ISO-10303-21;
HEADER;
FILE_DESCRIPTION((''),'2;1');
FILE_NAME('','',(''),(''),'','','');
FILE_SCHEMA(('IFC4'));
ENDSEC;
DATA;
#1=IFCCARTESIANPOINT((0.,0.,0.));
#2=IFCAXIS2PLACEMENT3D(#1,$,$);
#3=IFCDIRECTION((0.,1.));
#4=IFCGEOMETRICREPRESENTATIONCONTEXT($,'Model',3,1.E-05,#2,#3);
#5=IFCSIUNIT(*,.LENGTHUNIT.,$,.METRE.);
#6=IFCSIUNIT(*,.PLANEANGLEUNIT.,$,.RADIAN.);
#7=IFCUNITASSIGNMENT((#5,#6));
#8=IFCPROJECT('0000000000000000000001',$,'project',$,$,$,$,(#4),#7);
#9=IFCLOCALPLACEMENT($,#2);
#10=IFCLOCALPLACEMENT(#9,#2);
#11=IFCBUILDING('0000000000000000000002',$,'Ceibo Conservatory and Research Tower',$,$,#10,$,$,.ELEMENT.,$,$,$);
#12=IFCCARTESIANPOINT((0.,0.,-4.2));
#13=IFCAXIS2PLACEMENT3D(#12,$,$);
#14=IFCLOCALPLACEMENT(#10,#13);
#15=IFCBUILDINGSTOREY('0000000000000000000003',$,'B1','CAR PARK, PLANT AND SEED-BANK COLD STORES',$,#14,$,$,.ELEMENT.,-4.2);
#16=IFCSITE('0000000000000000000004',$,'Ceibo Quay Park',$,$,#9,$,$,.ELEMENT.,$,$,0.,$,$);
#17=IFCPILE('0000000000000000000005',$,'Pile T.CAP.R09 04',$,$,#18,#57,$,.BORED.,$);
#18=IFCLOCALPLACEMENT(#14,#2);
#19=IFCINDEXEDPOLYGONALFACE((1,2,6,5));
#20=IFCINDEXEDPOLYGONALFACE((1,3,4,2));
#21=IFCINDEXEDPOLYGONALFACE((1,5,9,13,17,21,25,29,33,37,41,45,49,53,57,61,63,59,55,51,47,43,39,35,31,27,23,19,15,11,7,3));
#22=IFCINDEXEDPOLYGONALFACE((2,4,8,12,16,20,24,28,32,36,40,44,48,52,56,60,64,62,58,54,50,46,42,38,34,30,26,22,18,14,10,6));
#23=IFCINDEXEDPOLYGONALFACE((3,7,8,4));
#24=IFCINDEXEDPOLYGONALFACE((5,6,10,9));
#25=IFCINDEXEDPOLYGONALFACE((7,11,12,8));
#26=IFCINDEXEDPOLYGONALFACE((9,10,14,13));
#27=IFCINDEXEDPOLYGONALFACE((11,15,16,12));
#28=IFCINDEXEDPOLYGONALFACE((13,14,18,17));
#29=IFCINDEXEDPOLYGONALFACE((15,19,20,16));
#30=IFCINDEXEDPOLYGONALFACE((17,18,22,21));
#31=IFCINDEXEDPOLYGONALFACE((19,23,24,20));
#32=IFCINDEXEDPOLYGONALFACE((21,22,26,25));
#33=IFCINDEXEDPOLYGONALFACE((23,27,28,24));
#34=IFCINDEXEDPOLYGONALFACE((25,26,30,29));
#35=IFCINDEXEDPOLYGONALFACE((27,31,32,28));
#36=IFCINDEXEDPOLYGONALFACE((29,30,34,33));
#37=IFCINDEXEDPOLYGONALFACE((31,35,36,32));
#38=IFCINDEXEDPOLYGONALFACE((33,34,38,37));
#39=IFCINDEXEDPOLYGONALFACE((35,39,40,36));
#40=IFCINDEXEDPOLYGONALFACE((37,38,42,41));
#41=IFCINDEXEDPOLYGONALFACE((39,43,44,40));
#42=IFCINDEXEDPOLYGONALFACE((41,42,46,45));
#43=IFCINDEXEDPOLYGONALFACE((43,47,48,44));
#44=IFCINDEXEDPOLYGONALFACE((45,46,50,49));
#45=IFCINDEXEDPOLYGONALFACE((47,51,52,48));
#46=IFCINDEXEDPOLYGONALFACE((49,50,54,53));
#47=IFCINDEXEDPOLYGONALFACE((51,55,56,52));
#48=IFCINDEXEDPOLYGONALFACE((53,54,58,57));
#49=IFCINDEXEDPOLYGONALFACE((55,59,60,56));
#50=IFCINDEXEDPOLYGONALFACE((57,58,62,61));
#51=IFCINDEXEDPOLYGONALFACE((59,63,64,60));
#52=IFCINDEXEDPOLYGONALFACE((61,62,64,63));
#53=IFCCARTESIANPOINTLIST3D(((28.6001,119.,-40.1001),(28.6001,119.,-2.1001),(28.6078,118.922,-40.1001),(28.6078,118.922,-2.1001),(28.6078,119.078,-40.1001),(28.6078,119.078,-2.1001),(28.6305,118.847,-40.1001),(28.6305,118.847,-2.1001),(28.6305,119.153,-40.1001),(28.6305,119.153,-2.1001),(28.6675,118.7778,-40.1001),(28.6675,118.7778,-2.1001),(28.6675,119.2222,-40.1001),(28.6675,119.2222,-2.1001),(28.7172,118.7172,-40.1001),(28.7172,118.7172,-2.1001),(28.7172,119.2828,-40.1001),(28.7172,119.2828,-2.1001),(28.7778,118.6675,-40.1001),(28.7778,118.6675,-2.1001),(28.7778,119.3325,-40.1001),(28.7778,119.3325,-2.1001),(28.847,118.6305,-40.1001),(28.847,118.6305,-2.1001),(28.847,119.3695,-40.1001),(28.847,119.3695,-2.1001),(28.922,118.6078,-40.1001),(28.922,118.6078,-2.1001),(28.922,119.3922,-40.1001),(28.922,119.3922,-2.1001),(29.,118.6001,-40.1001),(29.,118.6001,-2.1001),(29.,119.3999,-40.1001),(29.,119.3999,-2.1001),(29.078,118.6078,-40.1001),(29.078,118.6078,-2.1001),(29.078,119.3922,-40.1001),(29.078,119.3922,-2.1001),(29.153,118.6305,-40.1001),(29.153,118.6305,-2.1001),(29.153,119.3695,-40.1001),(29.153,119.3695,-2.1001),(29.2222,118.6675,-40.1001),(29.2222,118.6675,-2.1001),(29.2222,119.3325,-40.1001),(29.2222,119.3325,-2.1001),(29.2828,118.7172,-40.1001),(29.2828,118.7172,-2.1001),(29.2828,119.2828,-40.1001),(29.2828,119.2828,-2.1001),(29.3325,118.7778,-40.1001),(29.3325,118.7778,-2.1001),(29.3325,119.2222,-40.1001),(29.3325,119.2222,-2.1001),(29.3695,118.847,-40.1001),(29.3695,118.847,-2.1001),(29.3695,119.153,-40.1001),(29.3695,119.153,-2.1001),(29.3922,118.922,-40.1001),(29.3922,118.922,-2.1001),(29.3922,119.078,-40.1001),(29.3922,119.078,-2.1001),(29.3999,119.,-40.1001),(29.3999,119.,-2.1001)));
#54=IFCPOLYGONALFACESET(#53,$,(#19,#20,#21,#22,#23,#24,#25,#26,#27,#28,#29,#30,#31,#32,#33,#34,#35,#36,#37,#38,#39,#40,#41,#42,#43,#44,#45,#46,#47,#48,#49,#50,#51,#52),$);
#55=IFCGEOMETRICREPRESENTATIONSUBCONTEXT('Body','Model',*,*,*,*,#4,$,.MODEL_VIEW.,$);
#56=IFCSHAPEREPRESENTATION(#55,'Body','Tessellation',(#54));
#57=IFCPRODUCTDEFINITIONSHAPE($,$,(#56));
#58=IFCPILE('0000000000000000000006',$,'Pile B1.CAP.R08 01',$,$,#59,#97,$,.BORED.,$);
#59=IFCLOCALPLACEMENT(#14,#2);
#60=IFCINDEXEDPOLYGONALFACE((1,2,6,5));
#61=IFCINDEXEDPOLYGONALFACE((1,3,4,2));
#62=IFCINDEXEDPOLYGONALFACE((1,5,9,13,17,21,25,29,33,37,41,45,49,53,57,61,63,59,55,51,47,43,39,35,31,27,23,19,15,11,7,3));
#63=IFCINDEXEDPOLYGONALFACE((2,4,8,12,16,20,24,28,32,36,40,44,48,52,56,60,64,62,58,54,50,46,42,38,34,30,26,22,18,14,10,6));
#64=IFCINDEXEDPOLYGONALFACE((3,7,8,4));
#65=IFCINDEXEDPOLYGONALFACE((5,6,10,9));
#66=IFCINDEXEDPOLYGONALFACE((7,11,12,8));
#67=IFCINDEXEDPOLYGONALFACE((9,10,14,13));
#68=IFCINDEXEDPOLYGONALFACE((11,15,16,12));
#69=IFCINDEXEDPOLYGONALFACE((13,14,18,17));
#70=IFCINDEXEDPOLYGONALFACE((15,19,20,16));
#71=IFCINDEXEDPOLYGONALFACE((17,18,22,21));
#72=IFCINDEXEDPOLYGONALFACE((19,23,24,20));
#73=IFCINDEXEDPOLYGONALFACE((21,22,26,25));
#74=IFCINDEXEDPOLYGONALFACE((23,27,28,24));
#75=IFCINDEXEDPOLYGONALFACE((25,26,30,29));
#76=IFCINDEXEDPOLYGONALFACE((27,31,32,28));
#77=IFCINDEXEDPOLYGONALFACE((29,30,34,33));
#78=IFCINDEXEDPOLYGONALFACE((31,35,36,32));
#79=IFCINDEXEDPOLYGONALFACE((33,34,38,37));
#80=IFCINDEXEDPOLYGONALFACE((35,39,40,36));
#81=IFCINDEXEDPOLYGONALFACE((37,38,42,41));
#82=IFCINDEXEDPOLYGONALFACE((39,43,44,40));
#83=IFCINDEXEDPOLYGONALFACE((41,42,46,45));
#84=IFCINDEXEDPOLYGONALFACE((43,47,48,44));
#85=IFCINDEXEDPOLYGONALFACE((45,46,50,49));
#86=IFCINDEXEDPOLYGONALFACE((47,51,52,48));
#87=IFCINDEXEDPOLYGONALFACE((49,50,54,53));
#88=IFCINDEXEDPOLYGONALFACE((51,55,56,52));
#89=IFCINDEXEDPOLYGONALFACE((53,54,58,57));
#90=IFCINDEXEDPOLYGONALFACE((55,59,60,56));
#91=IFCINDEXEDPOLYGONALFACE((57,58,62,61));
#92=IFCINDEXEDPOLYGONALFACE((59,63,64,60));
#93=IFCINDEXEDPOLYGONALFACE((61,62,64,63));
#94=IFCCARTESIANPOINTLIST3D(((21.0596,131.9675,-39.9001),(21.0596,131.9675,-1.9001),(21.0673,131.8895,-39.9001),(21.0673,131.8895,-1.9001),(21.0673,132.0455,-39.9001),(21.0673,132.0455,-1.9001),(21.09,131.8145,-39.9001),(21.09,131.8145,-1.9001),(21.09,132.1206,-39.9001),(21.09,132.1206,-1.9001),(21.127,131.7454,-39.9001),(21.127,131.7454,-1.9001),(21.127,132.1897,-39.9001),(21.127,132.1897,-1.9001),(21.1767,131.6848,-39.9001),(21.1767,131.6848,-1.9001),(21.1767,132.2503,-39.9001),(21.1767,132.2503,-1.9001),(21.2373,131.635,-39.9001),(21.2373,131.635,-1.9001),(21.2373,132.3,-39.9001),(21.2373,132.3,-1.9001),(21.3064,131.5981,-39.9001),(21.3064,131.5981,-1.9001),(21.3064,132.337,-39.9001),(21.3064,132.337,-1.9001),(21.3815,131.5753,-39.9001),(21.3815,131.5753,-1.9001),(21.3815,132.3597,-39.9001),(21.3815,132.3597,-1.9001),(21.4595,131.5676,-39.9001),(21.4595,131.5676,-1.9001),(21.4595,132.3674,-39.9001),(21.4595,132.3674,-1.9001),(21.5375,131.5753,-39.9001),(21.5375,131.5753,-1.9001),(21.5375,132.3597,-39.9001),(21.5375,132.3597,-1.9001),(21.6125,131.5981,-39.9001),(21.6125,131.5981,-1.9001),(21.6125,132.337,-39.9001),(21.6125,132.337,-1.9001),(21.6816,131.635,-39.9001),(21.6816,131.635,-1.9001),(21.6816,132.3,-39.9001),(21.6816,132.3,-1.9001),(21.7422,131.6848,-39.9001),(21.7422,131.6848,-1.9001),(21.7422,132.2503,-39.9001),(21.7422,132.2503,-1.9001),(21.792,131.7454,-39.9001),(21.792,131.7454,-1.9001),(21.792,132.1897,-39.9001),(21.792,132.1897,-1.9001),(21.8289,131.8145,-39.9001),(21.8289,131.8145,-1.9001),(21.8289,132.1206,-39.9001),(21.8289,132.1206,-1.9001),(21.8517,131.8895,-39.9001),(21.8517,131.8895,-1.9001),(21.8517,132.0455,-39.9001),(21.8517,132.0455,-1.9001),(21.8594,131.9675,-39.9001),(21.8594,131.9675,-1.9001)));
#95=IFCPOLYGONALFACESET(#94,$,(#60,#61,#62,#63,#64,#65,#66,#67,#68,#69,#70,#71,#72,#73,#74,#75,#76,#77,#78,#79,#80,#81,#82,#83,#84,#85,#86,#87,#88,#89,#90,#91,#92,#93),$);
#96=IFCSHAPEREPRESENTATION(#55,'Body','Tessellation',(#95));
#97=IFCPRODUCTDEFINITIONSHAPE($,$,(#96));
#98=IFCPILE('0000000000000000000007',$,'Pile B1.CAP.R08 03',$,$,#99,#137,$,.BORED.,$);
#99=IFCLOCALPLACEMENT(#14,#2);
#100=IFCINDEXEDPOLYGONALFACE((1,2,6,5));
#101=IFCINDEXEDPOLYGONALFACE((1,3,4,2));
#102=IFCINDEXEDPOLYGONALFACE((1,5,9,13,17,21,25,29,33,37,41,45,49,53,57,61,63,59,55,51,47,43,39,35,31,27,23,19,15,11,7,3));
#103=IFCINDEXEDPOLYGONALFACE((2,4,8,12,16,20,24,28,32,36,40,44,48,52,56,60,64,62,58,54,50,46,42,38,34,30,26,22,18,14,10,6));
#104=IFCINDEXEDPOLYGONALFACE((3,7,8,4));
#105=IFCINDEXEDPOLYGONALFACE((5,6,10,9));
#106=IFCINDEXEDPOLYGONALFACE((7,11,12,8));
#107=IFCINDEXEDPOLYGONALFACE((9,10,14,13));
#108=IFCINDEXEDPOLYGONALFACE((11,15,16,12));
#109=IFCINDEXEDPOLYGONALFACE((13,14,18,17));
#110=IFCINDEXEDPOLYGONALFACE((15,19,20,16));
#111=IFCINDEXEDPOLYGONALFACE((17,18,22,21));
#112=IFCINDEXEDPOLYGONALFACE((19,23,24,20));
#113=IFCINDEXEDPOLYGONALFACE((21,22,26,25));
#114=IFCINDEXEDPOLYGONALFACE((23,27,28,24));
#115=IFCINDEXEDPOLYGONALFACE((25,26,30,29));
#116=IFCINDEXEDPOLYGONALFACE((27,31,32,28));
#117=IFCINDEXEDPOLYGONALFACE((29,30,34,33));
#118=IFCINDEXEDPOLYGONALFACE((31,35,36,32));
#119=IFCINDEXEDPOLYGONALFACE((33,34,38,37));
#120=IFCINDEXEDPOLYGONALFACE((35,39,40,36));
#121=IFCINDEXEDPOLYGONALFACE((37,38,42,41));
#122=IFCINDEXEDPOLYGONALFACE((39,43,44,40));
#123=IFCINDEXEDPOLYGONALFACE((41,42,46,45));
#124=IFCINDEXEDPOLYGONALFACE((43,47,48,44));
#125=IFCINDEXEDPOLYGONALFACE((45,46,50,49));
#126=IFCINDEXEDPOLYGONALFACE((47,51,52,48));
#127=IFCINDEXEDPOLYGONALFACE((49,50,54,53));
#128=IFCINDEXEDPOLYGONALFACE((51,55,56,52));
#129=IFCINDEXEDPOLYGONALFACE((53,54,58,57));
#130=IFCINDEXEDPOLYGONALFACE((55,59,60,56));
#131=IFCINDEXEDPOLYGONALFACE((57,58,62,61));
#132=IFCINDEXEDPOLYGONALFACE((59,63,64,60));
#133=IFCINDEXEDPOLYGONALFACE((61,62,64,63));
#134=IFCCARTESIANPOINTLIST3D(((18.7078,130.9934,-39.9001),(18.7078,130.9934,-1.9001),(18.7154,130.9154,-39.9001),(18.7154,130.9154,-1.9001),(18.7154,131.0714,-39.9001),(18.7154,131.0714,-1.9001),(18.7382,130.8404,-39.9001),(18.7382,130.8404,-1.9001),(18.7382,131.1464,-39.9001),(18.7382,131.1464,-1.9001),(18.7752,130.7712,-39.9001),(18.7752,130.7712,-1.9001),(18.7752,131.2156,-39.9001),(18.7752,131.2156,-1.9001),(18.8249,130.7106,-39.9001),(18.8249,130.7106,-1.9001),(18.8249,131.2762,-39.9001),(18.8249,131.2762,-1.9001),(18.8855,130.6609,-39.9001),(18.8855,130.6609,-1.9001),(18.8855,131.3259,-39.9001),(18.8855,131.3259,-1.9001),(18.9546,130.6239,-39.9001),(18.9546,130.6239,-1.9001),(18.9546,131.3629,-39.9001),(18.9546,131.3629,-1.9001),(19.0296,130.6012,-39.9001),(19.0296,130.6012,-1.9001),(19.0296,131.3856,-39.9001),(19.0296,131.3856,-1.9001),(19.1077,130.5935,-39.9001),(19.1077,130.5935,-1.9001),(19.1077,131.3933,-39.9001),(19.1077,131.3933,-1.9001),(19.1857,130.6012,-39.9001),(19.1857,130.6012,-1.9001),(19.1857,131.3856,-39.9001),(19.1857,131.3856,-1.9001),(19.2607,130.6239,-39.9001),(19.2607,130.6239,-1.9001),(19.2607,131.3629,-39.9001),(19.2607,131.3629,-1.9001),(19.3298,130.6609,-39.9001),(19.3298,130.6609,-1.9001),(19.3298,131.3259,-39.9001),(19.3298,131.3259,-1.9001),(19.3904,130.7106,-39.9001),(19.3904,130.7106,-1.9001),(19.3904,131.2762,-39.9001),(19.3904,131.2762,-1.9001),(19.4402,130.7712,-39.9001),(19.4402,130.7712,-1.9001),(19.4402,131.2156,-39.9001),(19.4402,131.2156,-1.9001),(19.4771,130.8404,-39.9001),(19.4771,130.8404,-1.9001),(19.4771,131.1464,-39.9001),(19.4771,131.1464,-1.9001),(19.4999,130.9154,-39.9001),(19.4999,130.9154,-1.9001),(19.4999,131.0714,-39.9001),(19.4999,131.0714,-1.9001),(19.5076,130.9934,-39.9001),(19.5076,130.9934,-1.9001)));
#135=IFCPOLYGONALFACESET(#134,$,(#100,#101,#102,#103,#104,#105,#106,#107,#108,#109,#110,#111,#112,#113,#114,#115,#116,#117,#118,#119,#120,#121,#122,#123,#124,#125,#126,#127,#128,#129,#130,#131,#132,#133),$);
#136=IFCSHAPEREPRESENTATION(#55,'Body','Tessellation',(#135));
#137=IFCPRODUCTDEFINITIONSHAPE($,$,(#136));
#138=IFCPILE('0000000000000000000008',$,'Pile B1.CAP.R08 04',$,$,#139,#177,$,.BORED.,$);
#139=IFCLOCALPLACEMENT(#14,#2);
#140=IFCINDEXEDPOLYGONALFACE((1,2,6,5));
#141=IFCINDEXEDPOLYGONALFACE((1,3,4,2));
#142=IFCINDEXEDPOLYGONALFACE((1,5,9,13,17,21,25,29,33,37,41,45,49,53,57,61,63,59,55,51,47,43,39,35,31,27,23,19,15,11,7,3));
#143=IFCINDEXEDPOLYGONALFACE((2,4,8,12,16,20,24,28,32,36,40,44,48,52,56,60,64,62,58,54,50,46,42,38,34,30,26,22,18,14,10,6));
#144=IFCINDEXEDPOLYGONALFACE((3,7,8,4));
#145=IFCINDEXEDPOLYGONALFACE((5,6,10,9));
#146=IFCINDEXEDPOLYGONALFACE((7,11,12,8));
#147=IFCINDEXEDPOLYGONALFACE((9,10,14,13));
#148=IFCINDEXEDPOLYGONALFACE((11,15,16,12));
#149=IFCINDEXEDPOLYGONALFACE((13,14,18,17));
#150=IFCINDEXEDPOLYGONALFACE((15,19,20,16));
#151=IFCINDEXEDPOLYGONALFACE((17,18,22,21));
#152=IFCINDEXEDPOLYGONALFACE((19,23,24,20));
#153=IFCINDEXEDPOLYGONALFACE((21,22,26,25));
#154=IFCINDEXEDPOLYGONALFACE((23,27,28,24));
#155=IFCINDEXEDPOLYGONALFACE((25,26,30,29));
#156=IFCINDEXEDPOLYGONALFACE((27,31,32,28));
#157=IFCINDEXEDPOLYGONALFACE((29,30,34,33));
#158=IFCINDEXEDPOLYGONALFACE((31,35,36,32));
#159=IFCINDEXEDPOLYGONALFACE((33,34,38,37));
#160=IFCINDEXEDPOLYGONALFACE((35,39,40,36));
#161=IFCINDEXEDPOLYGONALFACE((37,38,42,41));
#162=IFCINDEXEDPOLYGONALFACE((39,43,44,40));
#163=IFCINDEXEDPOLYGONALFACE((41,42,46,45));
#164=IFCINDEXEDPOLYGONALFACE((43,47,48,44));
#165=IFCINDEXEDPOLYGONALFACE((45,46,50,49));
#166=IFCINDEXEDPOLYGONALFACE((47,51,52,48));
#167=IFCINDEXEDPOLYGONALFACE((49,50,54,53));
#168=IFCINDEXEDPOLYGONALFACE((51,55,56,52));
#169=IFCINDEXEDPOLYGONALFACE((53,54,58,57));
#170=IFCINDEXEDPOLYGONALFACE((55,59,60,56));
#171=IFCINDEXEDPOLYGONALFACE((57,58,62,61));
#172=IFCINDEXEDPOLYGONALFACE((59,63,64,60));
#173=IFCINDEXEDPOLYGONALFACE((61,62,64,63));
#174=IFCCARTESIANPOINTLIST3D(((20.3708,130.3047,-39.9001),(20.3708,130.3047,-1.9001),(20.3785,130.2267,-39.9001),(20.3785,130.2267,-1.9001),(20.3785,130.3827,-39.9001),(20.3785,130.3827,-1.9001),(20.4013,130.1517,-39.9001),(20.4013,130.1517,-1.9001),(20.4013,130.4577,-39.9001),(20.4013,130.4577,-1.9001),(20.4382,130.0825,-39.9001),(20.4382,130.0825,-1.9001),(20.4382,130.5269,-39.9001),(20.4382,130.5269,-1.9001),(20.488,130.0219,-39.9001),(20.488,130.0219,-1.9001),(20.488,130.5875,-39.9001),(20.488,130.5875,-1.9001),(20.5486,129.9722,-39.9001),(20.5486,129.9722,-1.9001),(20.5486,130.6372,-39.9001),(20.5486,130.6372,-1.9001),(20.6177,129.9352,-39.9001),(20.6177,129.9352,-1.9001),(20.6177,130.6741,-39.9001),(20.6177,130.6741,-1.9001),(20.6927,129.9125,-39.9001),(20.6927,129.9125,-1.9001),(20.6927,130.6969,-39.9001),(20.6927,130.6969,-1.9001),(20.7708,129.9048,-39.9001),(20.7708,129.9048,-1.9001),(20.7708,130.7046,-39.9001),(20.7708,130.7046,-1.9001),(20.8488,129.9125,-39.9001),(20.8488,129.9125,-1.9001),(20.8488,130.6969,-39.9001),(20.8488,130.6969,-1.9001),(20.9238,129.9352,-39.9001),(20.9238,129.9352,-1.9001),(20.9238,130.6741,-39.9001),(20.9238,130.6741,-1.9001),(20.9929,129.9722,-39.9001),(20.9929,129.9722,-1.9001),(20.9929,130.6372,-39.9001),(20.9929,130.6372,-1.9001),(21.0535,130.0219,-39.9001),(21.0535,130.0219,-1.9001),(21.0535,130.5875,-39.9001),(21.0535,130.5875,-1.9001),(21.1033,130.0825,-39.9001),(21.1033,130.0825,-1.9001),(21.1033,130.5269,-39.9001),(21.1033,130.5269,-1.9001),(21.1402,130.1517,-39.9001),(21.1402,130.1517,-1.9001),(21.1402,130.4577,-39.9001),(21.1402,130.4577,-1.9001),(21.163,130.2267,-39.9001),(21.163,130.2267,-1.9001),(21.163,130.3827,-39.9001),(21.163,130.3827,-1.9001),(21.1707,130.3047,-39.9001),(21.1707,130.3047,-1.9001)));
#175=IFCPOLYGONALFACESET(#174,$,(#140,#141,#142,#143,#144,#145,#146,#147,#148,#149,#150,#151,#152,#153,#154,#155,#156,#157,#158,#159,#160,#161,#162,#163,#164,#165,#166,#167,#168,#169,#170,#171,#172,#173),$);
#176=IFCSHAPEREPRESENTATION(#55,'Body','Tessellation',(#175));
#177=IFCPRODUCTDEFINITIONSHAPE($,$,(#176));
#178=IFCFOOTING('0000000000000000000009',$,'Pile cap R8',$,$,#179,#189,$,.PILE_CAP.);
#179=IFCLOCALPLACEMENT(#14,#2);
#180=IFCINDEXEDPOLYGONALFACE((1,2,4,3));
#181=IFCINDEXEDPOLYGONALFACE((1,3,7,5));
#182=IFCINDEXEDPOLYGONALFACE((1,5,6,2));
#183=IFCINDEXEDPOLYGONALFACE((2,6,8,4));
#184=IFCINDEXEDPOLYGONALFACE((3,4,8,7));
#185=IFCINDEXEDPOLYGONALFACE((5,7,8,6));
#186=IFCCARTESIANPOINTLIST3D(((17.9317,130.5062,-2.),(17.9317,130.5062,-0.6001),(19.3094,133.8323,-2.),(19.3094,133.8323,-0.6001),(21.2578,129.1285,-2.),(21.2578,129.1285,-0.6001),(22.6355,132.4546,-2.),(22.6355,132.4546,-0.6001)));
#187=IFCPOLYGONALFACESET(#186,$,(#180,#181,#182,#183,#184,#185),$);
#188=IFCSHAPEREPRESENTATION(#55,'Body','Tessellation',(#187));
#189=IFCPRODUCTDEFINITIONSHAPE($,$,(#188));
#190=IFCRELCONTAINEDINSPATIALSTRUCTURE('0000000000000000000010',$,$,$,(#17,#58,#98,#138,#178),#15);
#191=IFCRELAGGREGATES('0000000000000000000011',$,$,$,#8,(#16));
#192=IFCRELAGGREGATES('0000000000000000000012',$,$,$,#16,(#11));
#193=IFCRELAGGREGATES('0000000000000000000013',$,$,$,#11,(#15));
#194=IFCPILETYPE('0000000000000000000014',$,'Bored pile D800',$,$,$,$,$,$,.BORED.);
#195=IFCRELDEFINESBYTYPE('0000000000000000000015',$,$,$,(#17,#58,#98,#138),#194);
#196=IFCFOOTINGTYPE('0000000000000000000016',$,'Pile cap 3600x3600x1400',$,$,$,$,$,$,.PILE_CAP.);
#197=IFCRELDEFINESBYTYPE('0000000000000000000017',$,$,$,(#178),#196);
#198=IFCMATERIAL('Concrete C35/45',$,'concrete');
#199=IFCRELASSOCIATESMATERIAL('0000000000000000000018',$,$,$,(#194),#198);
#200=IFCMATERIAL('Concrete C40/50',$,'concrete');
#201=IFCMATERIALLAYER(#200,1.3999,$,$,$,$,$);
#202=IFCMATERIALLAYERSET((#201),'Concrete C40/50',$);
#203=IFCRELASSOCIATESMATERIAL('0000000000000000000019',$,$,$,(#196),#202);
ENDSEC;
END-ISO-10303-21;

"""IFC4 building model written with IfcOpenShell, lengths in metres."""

from ifc_helpers import new_model, si_unit, direction, frame, origin, origin_2d, place, context, subcontext, project, spatial, polyline, circle, outline, extrude, material, layer, layer_set, material_profile, profile_set, type_object, element, save


model = new_model("IFC4")

# Units and contexts
model_context = context("Model", 3, precision=1e-05, world=origin(), true_north=direction((0.0, 1.0)))
body_context = subcontext(model_context, "Body", "Model", "MODEL_VIEW")
ifc_project = project(units=[si_unit("LENGTHUNIT", "METRE"), si_unit("PLANEANGLEUNIT", "RADIAN")], contexts=[model_context])

# Site, building, storey
site_placement = place(None, origin())
site = spatial("IfcSite", under=ifc_project, at=site_placement, Name="Ceibo Quay Park", CompositionType="ELEMENT", RefElevation=0.0)
building_placement = place(site_placement, origin())
building = spatial("IfcBuilding", under=site, at=building_placement, Name="Ceibo Conservatory and Research Tower", CompositionType="ELEMENT")
storey_placement = place(building_placement, frame((0.0, 0.0, -4.2)))
storey = spatial("IfcBuildingStorey", under=building, at=storey_placement, Name="B1", Description="CAR PARK, PLANT AND SEED-BANK COLD STORES", CompositionType="ELEMENT", Elevation=-4.2)

# Piles
ifc_material_1 = material(Name="Concrete C35/45", Category="concrete")
ifc_material_profile_1 = material_profile(ifc_material_1, circle(Radius=0.3999, at=origin_2d()), Name="RC D800")
ifc_profile_set_1 = profile_set([ifc_material_profile_1], Name="Concrete C35/45")
pile_type = type_object("IfcPileType", Name="Bored pile D800", PredefinedType="BORED", material=ifc_profile_set_1)
for number, where, z_axis, x_axis, name in (
    (1, (29.0, 119.0, -2.1001), (0.0, 0.0, -1.0), (1.0, 0.0, 0.0), "Pile T.CAP.R09 04"),
    (2, (21.4595, 131.9675, -1.9001), (0.0, 0.0, -1.0), (1.0, 0.0, 0.0), "Pile B1.CAP.R08 01"),
    (3, (19.1077, 130.9934, -1.9001), (0.0, 0.0, -1.0), (1.0, 0.0, 0.0), "Pile B1.CAP.R08 03"),
    (4, (20.7708, 130.3047, -1.9001), (0.0, 0.0, -1.0), (1.0, 0.0, 0.0), "Pile B1.CAP.R08 04"),
):
    element("IfcPile", number, at=place(storey_placement, frame(where, z_axis=z_axis, x_axis=x_axis)), inside=storey, type_object=pile_type, Name=name, PredefinedType="BORED", context=body_context, shape_type="SweptSolid", body=[
        extrude(circle(Radius=0.3999, at=origin_2d()), origin(), (0.0, 0.0, 1.0), 38.0),
    ])

# Footing
ifc_material_2 = material(Name="Concrete C40/50", Category="concrete")
ifc_layer_1 = layer(ifc_material_2, 1.3999)
ifc_layer_set_1 = layer_set([ifc_layer_1], Name="Concrete C40/50")
footing_type = type_object("IfcFootingType", Name="Pile cap 3600x3600x1400", PredefinedType="PILE_CAP", material=ifc_layer_set_1)
footing_placement = place(storey_placement, frame((22.6355, 132.4546, -2.0), z_axis=(0.0, 0.0, 1.0), x_axis=(-0.92388, 0.382683, 0.0)))
element("IfcFooting", 5, at=footing_placement, inside=storey, type_object=footing_type, Name="Pile cap R8", PredefinedType="PILE_CAP", context=body_context, shape_type="SweptSolid", body=[
    extrude(outline(polyline([(0.0, 0.0), (3.6001, 0.0), (3.6001, 3.6001), (0.0, 3.6001), (0.0, 0.0)])), origin(), (0.0, 0.0, 1.0), 1.3999),
])

save(model, "model.ifc")
